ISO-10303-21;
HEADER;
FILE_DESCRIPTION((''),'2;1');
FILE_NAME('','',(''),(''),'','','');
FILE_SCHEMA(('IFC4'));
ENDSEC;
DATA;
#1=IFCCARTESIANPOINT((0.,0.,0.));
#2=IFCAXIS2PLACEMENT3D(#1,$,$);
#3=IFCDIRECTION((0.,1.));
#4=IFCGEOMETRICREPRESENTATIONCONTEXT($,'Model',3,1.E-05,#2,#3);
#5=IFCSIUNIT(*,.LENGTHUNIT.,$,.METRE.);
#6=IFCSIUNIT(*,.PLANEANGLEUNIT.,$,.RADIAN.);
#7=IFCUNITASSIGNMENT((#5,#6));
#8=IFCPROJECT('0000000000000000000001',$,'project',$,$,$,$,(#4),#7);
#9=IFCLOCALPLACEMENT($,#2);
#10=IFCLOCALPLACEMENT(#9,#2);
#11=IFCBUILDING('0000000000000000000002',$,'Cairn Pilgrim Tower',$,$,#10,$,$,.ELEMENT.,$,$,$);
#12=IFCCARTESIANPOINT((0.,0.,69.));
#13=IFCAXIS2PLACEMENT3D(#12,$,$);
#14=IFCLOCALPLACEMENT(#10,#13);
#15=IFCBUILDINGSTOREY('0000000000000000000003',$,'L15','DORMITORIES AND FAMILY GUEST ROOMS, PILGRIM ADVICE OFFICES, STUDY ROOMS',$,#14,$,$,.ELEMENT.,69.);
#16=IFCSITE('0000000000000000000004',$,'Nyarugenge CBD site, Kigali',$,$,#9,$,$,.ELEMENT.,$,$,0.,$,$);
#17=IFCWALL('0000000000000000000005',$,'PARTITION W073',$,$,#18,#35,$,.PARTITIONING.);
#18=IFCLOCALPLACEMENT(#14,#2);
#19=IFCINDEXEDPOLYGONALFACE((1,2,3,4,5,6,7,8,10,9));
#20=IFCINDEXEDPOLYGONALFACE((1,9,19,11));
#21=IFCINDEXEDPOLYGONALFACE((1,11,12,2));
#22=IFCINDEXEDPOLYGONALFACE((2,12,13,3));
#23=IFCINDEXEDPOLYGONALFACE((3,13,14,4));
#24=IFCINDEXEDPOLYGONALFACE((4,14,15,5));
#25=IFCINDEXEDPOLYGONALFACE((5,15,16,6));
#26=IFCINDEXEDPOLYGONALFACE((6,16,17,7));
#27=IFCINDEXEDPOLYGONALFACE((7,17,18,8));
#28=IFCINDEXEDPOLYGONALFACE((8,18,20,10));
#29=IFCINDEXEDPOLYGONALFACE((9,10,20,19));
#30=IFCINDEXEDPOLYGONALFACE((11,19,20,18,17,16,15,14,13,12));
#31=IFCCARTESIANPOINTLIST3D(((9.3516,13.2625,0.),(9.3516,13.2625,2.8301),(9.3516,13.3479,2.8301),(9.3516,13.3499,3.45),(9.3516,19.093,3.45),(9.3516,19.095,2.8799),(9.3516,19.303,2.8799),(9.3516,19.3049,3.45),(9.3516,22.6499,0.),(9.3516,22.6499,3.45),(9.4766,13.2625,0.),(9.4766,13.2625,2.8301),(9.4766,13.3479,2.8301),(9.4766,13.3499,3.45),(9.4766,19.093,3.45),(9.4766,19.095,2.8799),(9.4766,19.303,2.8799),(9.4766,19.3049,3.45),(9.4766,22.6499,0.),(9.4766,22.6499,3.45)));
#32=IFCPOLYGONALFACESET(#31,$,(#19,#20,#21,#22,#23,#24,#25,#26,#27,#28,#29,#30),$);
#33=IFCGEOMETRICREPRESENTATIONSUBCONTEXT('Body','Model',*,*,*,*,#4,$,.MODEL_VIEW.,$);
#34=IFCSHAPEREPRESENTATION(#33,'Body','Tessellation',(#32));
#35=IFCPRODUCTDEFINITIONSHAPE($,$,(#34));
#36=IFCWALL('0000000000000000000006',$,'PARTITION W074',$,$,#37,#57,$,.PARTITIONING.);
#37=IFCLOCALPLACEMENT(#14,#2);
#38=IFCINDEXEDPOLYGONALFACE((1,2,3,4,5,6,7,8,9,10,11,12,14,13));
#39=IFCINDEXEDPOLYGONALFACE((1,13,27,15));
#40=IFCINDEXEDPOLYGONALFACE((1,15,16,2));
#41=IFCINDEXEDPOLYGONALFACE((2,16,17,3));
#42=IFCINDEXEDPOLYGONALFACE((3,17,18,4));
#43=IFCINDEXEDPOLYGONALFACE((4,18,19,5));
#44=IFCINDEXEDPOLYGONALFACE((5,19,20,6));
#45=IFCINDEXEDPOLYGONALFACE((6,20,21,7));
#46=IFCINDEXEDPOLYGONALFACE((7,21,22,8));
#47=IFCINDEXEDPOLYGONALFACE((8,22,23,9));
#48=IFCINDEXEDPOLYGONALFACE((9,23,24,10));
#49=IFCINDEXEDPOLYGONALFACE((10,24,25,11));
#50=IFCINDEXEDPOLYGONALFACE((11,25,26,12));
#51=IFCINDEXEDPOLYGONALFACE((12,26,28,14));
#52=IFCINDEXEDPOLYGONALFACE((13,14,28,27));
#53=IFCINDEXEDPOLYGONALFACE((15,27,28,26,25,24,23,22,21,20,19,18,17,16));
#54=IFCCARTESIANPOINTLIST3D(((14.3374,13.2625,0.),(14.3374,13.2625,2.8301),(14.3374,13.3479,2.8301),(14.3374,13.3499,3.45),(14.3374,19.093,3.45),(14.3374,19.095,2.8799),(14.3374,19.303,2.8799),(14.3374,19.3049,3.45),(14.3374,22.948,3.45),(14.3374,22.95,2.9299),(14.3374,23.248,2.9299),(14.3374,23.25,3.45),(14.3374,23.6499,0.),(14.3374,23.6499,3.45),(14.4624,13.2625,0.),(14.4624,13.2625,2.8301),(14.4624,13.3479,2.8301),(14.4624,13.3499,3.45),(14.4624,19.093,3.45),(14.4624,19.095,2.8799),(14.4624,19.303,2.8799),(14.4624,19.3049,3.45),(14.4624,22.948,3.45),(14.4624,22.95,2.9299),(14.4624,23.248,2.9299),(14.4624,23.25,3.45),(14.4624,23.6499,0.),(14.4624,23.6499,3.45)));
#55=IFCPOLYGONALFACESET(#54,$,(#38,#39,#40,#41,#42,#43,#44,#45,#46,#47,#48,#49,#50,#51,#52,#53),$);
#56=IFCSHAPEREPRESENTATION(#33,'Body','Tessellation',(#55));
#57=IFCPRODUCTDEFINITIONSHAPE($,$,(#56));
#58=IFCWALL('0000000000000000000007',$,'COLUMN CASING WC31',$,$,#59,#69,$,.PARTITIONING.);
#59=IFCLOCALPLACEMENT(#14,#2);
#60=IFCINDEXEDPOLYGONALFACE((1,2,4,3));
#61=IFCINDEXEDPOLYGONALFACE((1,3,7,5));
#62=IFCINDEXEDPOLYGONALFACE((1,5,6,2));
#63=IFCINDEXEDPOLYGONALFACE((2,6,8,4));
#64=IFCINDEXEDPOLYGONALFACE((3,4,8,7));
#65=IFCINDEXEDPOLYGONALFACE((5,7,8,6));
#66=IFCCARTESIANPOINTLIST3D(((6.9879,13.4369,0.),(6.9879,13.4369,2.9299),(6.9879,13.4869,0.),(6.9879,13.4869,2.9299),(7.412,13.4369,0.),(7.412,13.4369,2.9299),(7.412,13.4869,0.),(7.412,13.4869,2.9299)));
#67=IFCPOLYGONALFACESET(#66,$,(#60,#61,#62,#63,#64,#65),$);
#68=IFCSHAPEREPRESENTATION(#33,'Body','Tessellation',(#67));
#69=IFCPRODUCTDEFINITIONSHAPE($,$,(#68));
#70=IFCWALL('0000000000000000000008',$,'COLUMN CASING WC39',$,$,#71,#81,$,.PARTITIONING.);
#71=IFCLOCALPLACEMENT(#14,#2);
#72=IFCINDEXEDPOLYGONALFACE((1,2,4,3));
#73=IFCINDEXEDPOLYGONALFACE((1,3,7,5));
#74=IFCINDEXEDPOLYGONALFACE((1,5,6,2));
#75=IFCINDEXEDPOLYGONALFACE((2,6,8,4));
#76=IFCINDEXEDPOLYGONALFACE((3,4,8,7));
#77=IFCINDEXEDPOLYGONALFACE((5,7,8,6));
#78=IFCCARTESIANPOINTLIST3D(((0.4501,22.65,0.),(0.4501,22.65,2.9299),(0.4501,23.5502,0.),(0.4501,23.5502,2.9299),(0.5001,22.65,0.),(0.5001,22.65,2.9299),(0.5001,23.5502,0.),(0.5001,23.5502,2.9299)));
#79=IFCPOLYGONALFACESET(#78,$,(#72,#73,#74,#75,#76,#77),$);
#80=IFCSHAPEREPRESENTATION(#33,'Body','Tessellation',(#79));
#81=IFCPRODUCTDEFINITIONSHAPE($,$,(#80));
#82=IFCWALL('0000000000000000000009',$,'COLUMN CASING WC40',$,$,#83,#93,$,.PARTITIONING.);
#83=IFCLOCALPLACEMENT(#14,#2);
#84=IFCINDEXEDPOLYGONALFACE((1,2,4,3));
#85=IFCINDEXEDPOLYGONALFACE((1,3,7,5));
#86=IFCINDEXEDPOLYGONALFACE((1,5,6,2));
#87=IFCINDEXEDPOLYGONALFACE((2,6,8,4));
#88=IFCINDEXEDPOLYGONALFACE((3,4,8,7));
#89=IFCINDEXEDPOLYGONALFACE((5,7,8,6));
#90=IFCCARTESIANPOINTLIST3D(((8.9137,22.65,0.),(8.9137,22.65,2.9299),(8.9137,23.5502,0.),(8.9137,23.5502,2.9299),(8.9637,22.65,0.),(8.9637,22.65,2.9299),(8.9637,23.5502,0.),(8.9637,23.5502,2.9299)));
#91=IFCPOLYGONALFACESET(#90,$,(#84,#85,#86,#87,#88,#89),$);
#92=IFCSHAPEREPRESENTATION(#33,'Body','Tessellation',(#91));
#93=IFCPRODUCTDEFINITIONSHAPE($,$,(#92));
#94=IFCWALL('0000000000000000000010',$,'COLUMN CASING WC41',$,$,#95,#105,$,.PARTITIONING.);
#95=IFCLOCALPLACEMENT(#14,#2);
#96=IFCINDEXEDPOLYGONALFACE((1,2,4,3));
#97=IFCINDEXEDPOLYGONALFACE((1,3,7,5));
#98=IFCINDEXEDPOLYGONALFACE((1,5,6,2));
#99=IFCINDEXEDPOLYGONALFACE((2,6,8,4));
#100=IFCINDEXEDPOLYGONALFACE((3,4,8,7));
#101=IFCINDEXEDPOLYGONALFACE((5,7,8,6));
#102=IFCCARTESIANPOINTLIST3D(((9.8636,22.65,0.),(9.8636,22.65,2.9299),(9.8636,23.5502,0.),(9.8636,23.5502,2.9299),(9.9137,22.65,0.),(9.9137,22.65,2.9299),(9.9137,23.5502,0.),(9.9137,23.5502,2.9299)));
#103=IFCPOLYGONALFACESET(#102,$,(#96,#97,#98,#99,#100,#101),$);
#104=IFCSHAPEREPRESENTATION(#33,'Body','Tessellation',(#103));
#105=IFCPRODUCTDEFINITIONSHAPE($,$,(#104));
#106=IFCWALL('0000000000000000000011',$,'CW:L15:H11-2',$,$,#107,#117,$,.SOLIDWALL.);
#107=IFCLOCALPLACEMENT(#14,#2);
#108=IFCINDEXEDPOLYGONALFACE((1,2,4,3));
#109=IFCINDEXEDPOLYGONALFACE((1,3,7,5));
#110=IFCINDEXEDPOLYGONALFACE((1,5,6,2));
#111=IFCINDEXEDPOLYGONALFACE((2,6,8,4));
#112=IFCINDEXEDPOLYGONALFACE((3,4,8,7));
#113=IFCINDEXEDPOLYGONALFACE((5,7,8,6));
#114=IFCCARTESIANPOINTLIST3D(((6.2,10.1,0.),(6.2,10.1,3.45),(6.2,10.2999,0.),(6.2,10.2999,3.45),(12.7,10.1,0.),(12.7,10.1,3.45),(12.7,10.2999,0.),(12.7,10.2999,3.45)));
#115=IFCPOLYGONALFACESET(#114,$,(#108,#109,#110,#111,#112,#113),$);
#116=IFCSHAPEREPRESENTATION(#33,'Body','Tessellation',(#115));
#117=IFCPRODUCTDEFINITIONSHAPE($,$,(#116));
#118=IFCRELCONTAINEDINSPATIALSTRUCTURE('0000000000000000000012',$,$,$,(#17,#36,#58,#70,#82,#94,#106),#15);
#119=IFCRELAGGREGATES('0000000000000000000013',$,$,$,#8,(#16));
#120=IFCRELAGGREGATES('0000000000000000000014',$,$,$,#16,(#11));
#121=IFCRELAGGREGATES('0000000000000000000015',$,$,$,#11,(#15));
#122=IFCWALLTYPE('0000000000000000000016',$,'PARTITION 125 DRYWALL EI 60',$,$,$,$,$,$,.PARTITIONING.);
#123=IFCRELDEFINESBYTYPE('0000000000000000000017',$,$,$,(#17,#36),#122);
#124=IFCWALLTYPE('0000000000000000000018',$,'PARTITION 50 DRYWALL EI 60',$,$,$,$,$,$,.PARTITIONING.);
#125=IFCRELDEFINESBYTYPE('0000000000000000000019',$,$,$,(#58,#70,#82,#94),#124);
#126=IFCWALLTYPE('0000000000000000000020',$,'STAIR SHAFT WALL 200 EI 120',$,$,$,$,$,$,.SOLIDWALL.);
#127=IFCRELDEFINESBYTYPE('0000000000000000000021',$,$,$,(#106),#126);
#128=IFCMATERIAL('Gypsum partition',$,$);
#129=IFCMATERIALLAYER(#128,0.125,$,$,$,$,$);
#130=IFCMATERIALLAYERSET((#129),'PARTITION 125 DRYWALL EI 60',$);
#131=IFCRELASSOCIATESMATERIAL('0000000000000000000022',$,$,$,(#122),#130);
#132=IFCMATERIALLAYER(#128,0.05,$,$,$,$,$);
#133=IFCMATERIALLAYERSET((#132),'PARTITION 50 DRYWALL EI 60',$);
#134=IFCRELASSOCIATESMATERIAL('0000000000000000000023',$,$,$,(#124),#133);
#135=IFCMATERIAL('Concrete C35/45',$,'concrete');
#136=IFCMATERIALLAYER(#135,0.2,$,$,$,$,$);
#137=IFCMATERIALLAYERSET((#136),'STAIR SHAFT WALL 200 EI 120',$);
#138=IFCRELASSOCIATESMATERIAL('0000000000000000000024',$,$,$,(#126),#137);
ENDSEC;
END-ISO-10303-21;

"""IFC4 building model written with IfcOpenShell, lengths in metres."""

from ifc_helpers import new_model, si_unit, direction, frame, frame_2d, origin, place, context, subcontext, project, spatial, polyline, rectangle, outline, extrude, material, layer, layer_set, type_object, element, save


model = new_model("IFC4")

# Units and contexts
model_context = context("Model", 3, precision=1e-05, world=origin(), true_north=direction((0.0, 1.0)))
body_context = subcontext(model_context, "Body", "Model", "MODEL_VIEW")
ifc_project = project(units=[si_unit("LENGTHUNIT", "METRE"), si_unit("PLANEANGLEUNIT", "RADIAN")], contexts=[model_context])

# Site, building, storey
site_placement = place(None, origin())
site = spatial("IfcSite", under=ifc_project, at=site_placement, Name="Nyarugenge CBD site, Kigali", CompositionType="ELEMENT", RefElevation=0.0)
building_placement = place(site_placement, origin())
building = spatial("IfcBuilding", under=site, at=building_placement, Name="Cairn Pilgrim Tower", CompositionType="ELEMENT")
storey_placement = place(building_placement, frame((0.0, 0.0, 69.0)))
storey = spatial("IfcBuildingStorey", under=building, at=storey_placement, Name="L15", Description="DORMITORIES AND FAMILY GUEST ROOMS, PILGRIM ADVICE OFFICES, STUDY ROOMS", CompositionType="ELEMENT", Elevation=69.0)

# Shared definitions
ifc_material_1 = material(Name="Gypsum partition")
ifc_layer_1 = layer(ifc_material_1, 0.125)
ifc_layer_set_1 = layer_set([ifc_layer_1], Name="PARTITION 125 DRYWALL EI 60")
wall_type_1 = type_object("IfcWallType", Name="PARTITION 125 DRYWALL EI 60", PredefinedType="PARTITIONING", material=ifc_layer_set_1)

# Walls
wall_1_placement = place(storey_placement, frame((9.4141, 13.2625, 0.0), z_axis=(0.0, 0.0, 1.0), x_axis=(0.0, 1.0, 0.0)))
element("IfcWall", 1, at=wall_1_placement, inside=storey, type_object=wall_type_1, Name="PARTITION W073", PredefinedType="PARTITIONING", context=body_context, shape_type="SweptSolid", body=[
    extrude(outline(polyline([(0.0, 0.0), (9.3875, 0.0), (9.3875, 3.45), (6.0425, 3.45), (6.0405, 2.8799), (5.8325, 2.8799), (5.8306, 3.45), (0.0874, 3.45), (0.0854, 2.8301), (0.0, 2.8301), (0.0, 0.0)])), frame((0.0, 0.0625, 0.0), z_axis=(0.0, -1.0, 0.0), x_axis=(1.0, 0.0, 0.0)), (0.0, 0.0, 1.0), 0.125),
])
wall_2_placement = place(storey_placement, frame((14.3999, 13.2625, 0.0), z_axis=(0.0, 0.0, 1.0), x_axis=(0.0, 1.0, 0.0)))
element("IfcWall", 2, at=wall_2_placement, inside=storey, type_object=wall_type_1, Name="PARTITION W074", PredefinedType="PARTITIONING", context=body_context, shape_type="SweptSolid", body=[
    extrude(outline(polyline([(0.0, 0.0), (10.3875, 0.0), (10.3875, 3.45), (9.9875, 3.45), (9.9856, 2.9299), (9.6875, 2.9299), (9.6855, 3.45), (6.0425, 3.45), (6.0405, 2.8799), (5.8325, 2.8799), (5.8306, 3.45), (0.0874, 3.45), (0.0854, 2.8301), (0.0, 2.8301), (0.0, 0.0)])), frame((0.0, 0.0625, 0.0), z_axis=(0.0, -1.0, 0.0), x_axis=(1.0, 0.0, 0.0)), (0.0, 0.0, 1.0), 0.125),
])
ifc_layer_2 = layer(ifc_material_1, 0.05)
ifc_layer_set_2 = layer_set([ifc_layer_2], Name="PARTITION 50 DRYWALL EI 60")
wall_type_2 = type_object("IfcWallType", Name="PARTITION 50 DRYWALL EI 60", PredefinedType="PARTITIONING", material=ifc_layer_set_2)
wall_3_placement = place(storey_placement, frame((6.988, 13.4619, 0.0), z_axis=(0.0, 0.0, 1.0), x_axis=(1.0, 0.0, 0.0)))
element("IfcWall", 3, at=wall_3_placement, inside=storey, type_object=wall_type_2, Name="COLUMN CASING WC31", PredefinedType="PARTITIONING", context=body_context, shape_type="SweptSolid", body=[
    extrude(rectangle(XDim=0.4241, YDim=0.05, at=frame_2d((0.2119, 0.0))), origin(), (0.0, 0.0, 1.0), 2.9299),
])
for number, where, z_axis, x_axis, name in (
    (4, (0.4751, 22.6499, 0.0), (0.0, 0.0, 1.0), (0.0, 1.0, 0.0), "COLUMN CASING WC39"),
    (5, (8.9387, 22.6499, 0.0), (0.0, 0.0, 1.0), (0.0, 1.0, 0.0), "COLUMN CASING WC40"),
    (6, (9.8887, 22.6499, 0.0), (0.0, 0.0, 1.0), (0.0, 1.0, 0.0), "COLUMN CASING WC41"),
):
    element("IfcWall", number, at=place(storey_placement, frame(where, z_axis=z_axis, x_axis=x_axis)), inside=storey, type_object=wall_type_2, Name=name, PredefinedType="PARTITIONING", context=body_context, shape_type="SweptSolid", body=[
        extrude(rectangle(XDim=0.9001, YDim=0.05, at=frame_2d((0.4502, 0.0))), origin(), (0.0, 0.0, 1.0), 2.9299),
    ])
ifc_material_2 = material(Name="Concrete C35/45", Category="concrete")
ifc_layer_3 = layer(ifc_material_2, 0.2)
ifc_layer_set_3 = layer_set([ifc_layer_3], Name="STAIR SHAFT WALL 200 EI 120")
wall_type_3 = type_object("IfcWallType", Name="STAIR SHAFT WALL 200 EI 120", PredefinedType="SOLIDWALL", material=ifc_layer_set_3)
wall_4_placement = place(storey_placement, frame((6.2, 10.2, 0.0), z_axis=(0.0, 0.0, 1.0), x_axis=(1.0, 0.0, 0.0)))
element("IfcWall", 7, at=wall_4_placement, inside=storey, type_object=wall_type_3, Name="CW:L15:H11-2", PredefinedType="SOLIDWALL", context=body_context, shape_type="SweptSolid", body=[
    extrude(rectangle(XDim=6.5, YDim=0.2, at=frame_2d((3.25, 0.0))), origin(), (0.0, 0.0, 1.0), 3.45),
])

save(model, "model.ifc")
